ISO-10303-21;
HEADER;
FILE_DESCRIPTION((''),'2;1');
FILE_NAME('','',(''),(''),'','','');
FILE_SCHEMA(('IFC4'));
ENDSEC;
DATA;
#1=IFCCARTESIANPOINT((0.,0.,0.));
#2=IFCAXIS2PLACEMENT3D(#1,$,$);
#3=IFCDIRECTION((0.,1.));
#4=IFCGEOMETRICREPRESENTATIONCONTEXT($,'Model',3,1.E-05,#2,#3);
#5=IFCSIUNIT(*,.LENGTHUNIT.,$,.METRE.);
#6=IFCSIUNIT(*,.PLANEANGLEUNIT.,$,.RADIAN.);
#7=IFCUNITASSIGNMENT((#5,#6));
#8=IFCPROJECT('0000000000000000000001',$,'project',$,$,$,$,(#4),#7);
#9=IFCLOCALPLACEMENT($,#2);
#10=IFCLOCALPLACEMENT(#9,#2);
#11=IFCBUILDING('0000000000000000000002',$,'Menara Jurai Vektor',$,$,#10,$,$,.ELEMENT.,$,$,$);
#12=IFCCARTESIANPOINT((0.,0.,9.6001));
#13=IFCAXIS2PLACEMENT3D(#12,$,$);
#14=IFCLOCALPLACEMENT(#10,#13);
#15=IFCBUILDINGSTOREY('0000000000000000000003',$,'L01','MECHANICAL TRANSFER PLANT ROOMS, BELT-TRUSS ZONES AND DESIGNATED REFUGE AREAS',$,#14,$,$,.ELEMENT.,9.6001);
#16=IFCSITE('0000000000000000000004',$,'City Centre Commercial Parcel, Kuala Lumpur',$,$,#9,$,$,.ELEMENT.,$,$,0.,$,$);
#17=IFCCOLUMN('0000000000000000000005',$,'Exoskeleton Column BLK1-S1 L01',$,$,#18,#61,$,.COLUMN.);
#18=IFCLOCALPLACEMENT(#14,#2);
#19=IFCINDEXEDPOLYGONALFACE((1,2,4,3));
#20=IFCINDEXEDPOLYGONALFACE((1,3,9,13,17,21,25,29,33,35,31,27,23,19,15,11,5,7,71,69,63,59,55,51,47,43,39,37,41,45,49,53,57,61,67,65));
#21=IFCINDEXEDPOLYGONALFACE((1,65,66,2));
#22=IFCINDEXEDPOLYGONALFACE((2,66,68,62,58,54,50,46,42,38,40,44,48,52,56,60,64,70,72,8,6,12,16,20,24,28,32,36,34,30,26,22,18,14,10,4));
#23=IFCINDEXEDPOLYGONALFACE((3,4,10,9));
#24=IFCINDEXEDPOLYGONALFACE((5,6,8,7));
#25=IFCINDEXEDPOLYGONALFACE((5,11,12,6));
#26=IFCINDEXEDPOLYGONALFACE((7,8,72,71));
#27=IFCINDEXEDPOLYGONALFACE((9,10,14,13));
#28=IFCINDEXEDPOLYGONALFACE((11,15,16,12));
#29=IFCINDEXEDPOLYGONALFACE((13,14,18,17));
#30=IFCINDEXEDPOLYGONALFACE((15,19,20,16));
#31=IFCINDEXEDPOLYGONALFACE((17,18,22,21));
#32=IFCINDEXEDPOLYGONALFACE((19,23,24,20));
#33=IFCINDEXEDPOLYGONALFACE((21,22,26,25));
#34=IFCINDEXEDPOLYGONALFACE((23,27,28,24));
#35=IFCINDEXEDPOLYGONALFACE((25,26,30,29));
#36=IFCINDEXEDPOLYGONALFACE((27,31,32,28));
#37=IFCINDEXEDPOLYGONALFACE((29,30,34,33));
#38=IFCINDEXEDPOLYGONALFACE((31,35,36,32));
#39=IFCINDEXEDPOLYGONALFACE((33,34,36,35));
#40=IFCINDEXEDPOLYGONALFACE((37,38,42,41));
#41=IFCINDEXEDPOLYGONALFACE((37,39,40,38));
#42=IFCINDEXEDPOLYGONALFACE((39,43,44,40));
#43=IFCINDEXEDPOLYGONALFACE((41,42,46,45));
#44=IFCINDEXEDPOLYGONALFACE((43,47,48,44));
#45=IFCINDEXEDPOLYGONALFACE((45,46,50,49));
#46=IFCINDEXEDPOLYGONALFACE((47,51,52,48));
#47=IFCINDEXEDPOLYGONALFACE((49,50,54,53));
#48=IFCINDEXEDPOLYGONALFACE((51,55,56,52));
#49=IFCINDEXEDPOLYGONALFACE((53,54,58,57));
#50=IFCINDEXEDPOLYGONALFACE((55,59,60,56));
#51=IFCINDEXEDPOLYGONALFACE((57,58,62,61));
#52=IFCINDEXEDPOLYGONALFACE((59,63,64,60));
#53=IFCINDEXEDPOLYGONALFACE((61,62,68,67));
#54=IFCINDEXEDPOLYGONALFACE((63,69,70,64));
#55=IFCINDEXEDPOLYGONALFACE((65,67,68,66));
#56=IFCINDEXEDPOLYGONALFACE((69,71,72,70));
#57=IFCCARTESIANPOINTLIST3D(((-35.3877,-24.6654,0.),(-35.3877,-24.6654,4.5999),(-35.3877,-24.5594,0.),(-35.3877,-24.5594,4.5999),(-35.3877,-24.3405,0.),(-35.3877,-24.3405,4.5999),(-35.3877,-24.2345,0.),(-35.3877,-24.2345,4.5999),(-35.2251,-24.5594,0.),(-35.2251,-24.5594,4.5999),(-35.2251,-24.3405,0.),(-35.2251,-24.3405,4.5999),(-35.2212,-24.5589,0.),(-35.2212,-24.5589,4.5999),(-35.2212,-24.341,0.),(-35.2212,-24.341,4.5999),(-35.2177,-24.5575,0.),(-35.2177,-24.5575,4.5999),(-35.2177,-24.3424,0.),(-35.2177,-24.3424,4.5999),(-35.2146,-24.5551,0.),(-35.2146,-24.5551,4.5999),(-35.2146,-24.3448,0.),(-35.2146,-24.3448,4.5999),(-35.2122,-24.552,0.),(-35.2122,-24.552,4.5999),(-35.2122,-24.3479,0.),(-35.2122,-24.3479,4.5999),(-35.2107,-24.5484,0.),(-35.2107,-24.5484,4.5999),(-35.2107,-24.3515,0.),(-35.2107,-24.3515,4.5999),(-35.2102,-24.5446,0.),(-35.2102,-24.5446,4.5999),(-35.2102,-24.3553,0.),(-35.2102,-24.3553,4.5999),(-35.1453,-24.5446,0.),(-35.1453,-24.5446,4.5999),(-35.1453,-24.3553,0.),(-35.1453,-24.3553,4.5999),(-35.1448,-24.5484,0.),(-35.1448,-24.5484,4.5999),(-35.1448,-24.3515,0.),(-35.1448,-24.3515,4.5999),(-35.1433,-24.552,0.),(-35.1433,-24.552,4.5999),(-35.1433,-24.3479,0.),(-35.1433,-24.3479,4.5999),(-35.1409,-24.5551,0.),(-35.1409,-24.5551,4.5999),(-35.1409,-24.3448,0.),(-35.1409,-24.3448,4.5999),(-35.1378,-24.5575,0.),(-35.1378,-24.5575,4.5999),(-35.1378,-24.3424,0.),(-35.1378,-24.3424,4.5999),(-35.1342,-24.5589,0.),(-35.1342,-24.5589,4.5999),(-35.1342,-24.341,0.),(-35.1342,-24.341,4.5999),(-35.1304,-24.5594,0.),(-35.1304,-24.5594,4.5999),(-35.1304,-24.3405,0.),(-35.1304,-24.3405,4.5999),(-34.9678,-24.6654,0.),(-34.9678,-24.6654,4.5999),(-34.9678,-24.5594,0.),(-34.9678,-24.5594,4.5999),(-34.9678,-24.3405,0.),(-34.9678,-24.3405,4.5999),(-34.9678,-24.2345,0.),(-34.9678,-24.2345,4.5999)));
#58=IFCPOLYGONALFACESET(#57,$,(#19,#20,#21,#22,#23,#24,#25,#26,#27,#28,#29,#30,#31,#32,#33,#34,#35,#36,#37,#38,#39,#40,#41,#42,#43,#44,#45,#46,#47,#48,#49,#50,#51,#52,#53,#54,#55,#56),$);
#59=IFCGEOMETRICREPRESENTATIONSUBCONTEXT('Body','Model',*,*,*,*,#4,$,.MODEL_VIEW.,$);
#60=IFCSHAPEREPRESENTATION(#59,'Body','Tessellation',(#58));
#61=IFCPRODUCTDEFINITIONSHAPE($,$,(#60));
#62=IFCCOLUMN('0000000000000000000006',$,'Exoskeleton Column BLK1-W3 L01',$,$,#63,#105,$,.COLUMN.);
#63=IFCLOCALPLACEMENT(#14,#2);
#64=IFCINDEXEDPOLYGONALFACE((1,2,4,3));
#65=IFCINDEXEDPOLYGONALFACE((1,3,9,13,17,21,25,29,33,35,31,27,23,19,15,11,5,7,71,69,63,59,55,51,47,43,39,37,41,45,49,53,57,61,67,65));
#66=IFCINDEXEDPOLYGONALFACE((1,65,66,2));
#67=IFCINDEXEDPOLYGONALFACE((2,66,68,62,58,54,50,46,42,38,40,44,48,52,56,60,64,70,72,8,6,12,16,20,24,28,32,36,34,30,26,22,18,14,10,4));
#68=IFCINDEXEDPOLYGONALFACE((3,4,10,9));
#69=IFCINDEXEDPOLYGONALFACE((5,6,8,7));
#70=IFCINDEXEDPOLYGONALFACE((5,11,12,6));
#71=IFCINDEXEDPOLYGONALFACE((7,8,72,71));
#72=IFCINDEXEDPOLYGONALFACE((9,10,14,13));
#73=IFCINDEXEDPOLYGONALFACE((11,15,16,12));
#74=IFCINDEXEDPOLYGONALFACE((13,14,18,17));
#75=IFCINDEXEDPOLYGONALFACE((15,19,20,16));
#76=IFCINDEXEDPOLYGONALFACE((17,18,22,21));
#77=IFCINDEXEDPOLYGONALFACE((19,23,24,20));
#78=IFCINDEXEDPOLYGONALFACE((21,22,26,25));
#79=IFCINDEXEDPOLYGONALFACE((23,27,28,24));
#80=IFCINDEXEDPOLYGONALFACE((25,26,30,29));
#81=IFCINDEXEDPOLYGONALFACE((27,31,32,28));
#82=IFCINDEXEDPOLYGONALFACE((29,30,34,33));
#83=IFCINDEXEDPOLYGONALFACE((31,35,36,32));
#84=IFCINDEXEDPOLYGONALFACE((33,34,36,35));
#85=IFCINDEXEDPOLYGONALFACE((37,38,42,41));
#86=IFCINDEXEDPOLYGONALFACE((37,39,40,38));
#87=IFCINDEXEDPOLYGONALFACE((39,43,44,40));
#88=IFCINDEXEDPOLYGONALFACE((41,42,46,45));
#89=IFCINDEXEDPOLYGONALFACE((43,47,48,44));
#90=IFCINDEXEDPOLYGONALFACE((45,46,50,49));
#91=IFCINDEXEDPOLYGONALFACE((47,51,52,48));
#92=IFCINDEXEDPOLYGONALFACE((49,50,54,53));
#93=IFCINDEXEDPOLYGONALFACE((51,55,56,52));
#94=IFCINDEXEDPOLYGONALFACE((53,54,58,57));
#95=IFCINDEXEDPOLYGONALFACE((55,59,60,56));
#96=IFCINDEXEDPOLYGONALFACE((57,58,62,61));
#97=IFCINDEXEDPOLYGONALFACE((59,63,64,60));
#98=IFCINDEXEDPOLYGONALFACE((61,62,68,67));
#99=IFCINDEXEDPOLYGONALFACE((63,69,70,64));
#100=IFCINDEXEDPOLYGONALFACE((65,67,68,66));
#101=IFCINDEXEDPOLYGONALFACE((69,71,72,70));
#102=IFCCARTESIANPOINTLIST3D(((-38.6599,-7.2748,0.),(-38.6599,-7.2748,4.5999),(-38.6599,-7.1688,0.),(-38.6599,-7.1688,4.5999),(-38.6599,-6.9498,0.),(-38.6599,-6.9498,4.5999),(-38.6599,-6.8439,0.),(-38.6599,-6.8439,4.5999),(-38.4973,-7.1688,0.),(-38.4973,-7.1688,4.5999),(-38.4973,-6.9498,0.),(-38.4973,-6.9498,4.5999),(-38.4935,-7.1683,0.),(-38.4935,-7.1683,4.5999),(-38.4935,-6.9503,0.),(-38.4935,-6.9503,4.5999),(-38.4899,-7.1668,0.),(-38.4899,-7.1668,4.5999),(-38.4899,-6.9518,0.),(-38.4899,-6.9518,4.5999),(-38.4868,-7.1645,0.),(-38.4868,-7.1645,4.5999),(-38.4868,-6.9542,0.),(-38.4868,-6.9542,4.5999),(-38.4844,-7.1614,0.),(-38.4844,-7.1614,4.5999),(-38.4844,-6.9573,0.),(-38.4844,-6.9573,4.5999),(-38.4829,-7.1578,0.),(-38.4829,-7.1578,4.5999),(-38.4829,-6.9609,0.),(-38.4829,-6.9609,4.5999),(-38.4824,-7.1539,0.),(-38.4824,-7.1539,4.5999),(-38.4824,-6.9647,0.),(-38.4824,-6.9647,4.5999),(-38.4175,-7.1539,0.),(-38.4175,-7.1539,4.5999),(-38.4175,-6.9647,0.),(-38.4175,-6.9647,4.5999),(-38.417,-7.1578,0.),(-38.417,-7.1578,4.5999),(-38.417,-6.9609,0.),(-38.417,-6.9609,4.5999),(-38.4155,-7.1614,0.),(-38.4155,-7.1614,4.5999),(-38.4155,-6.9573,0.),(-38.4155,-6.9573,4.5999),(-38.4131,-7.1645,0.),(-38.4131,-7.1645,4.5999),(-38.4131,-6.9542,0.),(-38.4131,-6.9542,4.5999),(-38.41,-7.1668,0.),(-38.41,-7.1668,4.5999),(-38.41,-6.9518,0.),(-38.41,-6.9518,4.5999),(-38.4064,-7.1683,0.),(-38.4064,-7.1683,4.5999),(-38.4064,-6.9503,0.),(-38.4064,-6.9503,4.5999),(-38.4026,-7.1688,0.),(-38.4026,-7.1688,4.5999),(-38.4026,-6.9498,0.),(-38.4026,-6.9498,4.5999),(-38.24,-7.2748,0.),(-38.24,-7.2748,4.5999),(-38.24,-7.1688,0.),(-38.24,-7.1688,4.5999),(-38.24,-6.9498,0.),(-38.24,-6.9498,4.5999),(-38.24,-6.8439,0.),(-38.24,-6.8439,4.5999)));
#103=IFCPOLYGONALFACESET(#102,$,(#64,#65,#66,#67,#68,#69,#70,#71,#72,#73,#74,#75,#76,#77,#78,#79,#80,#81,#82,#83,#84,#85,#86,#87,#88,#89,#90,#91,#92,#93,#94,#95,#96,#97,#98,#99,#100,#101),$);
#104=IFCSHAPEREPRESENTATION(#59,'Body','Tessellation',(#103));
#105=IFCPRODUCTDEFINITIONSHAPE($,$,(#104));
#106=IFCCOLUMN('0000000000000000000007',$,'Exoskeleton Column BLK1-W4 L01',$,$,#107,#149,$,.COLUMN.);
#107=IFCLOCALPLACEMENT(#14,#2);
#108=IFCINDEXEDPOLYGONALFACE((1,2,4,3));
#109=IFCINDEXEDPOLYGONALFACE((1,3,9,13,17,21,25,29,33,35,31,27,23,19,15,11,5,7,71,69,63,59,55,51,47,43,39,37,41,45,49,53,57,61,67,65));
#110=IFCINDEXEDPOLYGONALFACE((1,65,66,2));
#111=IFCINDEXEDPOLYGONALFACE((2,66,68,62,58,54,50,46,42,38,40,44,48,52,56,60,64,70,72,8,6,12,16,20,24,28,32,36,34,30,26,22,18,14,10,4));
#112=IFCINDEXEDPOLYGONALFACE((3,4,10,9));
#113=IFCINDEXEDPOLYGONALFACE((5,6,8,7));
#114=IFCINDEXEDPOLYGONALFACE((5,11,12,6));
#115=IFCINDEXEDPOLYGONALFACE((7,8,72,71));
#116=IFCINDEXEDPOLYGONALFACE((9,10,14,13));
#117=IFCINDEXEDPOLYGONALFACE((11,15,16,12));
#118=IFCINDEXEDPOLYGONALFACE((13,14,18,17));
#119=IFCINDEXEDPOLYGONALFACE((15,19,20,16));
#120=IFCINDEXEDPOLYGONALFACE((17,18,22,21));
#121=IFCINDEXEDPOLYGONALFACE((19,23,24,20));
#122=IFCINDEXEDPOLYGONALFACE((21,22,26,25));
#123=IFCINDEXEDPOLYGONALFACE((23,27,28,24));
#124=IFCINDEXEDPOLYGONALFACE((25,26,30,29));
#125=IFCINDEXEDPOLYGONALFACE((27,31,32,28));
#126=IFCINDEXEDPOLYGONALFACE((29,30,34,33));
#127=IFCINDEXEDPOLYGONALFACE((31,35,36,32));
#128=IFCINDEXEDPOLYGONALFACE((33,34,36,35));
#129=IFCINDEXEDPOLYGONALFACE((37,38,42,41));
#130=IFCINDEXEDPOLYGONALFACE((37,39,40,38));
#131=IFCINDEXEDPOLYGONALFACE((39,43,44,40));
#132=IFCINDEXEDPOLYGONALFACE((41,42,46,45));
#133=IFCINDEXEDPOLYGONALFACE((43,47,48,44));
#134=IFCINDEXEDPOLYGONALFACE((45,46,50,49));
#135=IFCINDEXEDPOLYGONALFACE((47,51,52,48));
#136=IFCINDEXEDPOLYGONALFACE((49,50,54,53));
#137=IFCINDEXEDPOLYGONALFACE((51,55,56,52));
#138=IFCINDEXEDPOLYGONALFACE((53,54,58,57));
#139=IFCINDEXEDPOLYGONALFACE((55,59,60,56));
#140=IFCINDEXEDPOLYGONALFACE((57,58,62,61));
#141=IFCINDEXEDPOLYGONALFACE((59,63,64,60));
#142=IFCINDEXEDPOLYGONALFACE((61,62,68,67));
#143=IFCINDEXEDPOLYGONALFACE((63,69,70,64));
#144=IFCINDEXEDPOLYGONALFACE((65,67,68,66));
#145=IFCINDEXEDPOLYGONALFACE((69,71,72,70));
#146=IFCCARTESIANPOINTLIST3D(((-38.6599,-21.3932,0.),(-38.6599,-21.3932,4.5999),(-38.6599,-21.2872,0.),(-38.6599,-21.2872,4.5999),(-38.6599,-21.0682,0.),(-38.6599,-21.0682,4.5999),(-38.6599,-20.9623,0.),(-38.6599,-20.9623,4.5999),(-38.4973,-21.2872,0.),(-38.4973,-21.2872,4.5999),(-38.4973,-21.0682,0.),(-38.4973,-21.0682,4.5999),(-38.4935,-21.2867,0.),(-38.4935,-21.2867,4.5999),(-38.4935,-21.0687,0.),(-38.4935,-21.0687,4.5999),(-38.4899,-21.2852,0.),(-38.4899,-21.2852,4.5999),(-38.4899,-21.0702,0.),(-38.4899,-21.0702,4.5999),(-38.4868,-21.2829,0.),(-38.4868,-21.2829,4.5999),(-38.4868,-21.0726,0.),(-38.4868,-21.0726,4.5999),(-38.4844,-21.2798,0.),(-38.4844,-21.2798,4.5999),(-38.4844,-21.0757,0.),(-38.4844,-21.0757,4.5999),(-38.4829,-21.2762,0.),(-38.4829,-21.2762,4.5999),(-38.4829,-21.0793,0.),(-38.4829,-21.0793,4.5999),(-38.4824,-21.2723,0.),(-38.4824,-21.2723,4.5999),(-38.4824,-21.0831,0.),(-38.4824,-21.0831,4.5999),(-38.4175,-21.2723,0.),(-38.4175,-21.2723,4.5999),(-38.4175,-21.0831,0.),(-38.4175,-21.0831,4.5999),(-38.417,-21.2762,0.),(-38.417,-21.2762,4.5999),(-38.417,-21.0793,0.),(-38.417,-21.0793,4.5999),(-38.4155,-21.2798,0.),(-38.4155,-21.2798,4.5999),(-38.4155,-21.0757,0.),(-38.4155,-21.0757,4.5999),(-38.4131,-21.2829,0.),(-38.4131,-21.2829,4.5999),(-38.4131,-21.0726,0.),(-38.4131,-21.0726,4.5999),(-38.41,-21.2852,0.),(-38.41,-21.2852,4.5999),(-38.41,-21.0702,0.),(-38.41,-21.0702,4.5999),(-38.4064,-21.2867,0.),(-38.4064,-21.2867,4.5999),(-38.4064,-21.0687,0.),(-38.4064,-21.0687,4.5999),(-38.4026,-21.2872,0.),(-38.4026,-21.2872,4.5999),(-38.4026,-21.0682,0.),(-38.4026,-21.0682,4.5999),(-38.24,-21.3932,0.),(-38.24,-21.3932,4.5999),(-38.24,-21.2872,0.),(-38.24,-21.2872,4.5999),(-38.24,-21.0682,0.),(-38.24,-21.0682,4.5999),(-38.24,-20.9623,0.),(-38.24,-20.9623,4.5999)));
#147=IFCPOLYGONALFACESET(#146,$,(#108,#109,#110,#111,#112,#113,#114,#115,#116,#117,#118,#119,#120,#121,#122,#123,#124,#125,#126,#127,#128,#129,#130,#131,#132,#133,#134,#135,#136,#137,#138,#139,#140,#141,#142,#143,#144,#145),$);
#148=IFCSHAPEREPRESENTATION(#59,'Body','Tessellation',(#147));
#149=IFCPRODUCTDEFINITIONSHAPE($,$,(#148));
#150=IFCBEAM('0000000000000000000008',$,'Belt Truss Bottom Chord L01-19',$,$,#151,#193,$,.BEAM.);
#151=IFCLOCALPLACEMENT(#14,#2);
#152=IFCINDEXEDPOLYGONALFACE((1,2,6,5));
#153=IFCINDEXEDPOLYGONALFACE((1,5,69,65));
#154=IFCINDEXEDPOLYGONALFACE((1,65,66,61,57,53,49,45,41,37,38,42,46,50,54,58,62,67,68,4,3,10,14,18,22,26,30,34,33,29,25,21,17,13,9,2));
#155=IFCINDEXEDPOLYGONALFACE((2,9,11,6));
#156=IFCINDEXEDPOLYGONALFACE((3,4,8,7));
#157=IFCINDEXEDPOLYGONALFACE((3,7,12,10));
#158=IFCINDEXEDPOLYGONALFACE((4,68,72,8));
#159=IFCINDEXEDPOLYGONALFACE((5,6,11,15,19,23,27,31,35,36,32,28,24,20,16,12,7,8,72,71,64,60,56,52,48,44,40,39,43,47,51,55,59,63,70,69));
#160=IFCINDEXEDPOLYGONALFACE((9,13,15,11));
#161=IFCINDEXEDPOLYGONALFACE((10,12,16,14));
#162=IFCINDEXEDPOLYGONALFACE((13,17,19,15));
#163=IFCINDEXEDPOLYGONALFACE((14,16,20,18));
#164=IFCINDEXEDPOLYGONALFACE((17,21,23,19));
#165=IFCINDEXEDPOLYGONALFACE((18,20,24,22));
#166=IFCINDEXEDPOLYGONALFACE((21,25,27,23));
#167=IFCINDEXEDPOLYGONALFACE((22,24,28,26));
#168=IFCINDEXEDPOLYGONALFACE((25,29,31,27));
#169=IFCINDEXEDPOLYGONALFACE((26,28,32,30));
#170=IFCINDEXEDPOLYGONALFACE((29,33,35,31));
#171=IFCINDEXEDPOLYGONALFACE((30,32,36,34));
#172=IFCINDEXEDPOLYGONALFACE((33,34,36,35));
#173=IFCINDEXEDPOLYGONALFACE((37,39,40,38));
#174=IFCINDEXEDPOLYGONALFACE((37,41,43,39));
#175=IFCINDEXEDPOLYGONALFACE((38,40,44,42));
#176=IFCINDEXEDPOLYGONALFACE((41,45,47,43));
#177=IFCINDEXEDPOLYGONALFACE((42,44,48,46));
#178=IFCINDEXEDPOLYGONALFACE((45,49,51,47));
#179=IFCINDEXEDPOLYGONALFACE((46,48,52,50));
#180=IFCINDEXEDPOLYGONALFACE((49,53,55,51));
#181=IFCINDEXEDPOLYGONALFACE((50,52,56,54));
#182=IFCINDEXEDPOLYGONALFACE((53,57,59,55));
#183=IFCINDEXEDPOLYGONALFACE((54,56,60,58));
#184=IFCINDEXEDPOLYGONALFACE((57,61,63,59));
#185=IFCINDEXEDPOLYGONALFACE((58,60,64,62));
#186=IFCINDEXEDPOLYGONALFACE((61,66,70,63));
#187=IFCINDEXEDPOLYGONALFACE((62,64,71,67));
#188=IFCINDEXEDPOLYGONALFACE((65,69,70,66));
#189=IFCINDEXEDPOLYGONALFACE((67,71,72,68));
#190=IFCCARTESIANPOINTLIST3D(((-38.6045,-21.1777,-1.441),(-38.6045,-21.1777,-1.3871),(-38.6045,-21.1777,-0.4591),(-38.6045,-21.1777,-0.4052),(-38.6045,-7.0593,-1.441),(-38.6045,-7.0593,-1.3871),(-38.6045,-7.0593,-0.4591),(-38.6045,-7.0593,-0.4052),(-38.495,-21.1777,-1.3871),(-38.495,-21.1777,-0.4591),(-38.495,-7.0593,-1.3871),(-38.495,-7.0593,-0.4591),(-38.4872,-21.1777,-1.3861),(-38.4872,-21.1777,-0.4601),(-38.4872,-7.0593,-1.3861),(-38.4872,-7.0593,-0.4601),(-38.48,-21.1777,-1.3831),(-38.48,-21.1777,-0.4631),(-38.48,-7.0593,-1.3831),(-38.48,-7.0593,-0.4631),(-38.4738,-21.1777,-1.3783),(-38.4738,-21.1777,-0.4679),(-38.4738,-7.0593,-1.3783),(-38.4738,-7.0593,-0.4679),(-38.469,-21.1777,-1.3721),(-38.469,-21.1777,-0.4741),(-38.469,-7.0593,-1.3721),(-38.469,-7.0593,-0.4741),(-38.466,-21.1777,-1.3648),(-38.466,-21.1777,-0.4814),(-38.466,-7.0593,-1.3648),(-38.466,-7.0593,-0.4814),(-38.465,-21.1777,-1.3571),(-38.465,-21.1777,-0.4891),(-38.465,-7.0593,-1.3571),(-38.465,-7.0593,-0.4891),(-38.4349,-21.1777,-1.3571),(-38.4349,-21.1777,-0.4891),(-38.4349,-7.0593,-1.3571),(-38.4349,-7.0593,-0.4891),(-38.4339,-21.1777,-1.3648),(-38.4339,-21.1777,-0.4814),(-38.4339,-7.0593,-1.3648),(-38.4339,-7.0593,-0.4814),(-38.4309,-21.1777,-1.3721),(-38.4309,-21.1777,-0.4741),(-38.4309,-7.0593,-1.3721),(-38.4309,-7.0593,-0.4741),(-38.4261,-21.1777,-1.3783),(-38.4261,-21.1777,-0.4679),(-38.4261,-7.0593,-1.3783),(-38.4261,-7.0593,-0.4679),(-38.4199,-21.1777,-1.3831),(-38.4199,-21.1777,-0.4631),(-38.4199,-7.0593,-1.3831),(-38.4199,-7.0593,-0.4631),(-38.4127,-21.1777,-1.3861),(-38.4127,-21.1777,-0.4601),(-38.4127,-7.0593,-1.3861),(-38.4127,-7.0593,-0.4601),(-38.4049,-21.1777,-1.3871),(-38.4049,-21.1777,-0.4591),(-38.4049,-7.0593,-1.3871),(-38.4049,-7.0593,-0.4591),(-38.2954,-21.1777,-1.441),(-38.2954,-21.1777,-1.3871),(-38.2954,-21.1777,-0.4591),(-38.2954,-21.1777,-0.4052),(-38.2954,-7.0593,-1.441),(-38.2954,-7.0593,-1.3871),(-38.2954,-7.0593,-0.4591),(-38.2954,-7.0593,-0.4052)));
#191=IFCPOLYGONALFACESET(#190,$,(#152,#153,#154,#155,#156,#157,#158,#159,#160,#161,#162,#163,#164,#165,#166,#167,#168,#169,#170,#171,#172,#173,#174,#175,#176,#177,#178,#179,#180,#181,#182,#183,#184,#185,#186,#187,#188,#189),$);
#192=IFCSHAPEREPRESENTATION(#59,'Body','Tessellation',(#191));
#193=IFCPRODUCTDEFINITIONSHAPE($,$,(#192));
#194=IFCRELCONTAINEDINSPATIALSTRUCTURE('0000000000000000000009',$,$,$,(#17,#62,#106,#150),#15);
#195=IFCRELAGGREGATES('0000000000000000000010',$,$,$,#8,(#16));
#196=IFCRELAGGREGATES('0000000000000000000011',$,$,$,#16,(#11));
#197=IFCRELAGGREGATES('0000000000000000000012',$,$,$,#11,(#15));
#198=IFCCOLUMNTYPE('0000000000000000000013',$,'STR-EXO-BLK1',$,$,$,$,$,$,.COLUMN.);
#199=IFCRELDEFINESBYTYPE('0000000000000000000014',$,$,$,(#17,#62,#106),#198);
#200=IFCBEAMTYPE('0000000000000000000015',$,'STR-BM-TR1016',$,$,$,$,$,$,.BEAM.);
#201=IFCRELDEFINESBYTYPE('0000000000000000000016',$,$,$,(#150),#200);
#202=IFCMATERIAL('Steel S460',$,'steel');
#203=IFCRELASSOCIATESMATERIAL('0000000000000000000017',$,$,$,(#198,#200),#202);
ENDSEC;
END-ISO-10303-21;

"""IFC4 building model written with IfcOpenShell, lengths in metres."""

from ifc_helpers import new_model, si_unit, direction, frame, origin, origin_2d, place, context, subcontext, project, spatial, i_section, extrude, material, material_profile, profile_set, type_object, element, save


model = new_model("IFC4")

# Units and contexts
model_context = context("Model", 3, precision=1e-05, world=origin(), true_north=direction((0.0, 1.0)))
body_context = subcontext(model_context, "Body", "Model", "MODEL_VIEW")
ifc_project = project(units=[si_unit("LENGTHUNIT", "METRE"), si_unit("PLANEANGLEUNIT", "RADIAN")], contexts=[model_context])

# Site, building, storey
site_placement = place(None, origin())
site = spatial("IfcSite", under=ifc_project, at=site_placement, Name="City Centre Commercial Parcel, Kuala Lumpur", CompositionType="ELEMENT", RefElevation=0.0)
building_placement = place(site_placement, origin())
building = spatial("IfcBuilding", under=site, at=building_placement, Name="Menara Jurai Vektor", CompositionType="ELEMENT")
storey_placement = place(building_placement, frame((0.0, 0.0, 9.6001)))
storey = spatial("IfcBuildingStorey", under=building, at=storey_placement, Name="L01", Description="MECHANICAL TRANSFER PLANT ROOMS, BELT-TRUSS ZONES AND DESIGNATED REFUGE AREAS", CompositionType="ELEMENT", Elevation=9.6001)

# Columns
ifc_material_1 = material(Name="Steel S460", Category="steel")
ifc_material_profile_1 = material_profile(ifc_material_1, i_section(OverallWidth=0.4199, OverallDepth=0.4309, WebThickness=0.0649, FlangeThickness=0.106, FilletRadius=0.0149, at=origin_2d()), Name="HD 400x900")
ifc_profile_set_1 = profile_set([ifc_material_profile_1], Name="Steel S460")
column_type = type_object("IfcColumnType", Name="STR-EXO-BLK1", PredefinedType="COLUMN", material=ifc_profile_set_1)
for number, where, z_axis, x_axis, name in (
    (1, (-35.1777, -24.45, 0.0), (0.0, 0.0, 1.0), (1.0, 0.0, 0.0), "Exoskeleton Column BLK1-S1 L01"),
    (2, (-38.45, -7.0593, 0.0), (0.0, 0.0, 1.0), (1.0, 0.0, 0.0), "Exoskeleton Column BLK1-W3 L01"),
    (3, (-38.45, -21.1777, 0.0), (0.0, 0.0, 1.0), (1.0, 0.0, 0.0), "Exoskeleton Column BLK1-W4 L01"),
):
    element("IfcColumn", number, at=place(storey_placement, frame(where, z_axis=z_axis, x_axis=x_axis)), inside=storey, type_object=column_type, Name=name, PredefinedType="COLUMN", context=body_context, shape_type="SweptSolid", body=[
        extrude(i_section(OverallWidth=0.4199, OverallDepth=0.4309, WebThickness=0.0649, FlangeThickness=0.106, FilletRadius=0.0149, at=origin_2d()), origin(), (0.0, 0.0, 1.0), 4.5999),
    ])

# Beam
ifc_material_profile_2 = material_profile(ifc_material_1, i_section(OverallWidth=0.3091, OverallDepth=1.0359, WebThickness=0.03, FlangeThickness=0.054, FilletRadius=0.03, at=origin_2d()), Name="UKB 1016x305x487")
ifc_profile_set_2 = profile_set([ifc_material_profile_2], Name="Steel S460")
beam_type_1 = type_object("IfcBeamType", Name="STR-BM-TR1016", PredefinedType="BEAM", material=ifc_profile_set_2)
beam_1_placement = place(storey_placement, frame((-38.45, -7.0593, -0.9231), z_axis=(0.0, -1.0, 0.0), x_axis=(1.0, 0.0, 0.0)))
element("IfcBeam", 4, at=beam_1_placement, inside=storey, type_object=beam_type_1, Name="Belt Truss Bottom Chord L01-19", PredefinedType="BEAM", context=body_context, shape_type="SweptSolid", body=[
    extrude(i_section(OverallWidth=0.3091, OverallDepth=1.0359, WebThickness=0.03, FlangeThickness=0.054, FilletRadius=0.03, at=origin_2d()), origin(), (0.0, 0.0, 1.0), 14.1184),
])

save(model, "model.ifc")
